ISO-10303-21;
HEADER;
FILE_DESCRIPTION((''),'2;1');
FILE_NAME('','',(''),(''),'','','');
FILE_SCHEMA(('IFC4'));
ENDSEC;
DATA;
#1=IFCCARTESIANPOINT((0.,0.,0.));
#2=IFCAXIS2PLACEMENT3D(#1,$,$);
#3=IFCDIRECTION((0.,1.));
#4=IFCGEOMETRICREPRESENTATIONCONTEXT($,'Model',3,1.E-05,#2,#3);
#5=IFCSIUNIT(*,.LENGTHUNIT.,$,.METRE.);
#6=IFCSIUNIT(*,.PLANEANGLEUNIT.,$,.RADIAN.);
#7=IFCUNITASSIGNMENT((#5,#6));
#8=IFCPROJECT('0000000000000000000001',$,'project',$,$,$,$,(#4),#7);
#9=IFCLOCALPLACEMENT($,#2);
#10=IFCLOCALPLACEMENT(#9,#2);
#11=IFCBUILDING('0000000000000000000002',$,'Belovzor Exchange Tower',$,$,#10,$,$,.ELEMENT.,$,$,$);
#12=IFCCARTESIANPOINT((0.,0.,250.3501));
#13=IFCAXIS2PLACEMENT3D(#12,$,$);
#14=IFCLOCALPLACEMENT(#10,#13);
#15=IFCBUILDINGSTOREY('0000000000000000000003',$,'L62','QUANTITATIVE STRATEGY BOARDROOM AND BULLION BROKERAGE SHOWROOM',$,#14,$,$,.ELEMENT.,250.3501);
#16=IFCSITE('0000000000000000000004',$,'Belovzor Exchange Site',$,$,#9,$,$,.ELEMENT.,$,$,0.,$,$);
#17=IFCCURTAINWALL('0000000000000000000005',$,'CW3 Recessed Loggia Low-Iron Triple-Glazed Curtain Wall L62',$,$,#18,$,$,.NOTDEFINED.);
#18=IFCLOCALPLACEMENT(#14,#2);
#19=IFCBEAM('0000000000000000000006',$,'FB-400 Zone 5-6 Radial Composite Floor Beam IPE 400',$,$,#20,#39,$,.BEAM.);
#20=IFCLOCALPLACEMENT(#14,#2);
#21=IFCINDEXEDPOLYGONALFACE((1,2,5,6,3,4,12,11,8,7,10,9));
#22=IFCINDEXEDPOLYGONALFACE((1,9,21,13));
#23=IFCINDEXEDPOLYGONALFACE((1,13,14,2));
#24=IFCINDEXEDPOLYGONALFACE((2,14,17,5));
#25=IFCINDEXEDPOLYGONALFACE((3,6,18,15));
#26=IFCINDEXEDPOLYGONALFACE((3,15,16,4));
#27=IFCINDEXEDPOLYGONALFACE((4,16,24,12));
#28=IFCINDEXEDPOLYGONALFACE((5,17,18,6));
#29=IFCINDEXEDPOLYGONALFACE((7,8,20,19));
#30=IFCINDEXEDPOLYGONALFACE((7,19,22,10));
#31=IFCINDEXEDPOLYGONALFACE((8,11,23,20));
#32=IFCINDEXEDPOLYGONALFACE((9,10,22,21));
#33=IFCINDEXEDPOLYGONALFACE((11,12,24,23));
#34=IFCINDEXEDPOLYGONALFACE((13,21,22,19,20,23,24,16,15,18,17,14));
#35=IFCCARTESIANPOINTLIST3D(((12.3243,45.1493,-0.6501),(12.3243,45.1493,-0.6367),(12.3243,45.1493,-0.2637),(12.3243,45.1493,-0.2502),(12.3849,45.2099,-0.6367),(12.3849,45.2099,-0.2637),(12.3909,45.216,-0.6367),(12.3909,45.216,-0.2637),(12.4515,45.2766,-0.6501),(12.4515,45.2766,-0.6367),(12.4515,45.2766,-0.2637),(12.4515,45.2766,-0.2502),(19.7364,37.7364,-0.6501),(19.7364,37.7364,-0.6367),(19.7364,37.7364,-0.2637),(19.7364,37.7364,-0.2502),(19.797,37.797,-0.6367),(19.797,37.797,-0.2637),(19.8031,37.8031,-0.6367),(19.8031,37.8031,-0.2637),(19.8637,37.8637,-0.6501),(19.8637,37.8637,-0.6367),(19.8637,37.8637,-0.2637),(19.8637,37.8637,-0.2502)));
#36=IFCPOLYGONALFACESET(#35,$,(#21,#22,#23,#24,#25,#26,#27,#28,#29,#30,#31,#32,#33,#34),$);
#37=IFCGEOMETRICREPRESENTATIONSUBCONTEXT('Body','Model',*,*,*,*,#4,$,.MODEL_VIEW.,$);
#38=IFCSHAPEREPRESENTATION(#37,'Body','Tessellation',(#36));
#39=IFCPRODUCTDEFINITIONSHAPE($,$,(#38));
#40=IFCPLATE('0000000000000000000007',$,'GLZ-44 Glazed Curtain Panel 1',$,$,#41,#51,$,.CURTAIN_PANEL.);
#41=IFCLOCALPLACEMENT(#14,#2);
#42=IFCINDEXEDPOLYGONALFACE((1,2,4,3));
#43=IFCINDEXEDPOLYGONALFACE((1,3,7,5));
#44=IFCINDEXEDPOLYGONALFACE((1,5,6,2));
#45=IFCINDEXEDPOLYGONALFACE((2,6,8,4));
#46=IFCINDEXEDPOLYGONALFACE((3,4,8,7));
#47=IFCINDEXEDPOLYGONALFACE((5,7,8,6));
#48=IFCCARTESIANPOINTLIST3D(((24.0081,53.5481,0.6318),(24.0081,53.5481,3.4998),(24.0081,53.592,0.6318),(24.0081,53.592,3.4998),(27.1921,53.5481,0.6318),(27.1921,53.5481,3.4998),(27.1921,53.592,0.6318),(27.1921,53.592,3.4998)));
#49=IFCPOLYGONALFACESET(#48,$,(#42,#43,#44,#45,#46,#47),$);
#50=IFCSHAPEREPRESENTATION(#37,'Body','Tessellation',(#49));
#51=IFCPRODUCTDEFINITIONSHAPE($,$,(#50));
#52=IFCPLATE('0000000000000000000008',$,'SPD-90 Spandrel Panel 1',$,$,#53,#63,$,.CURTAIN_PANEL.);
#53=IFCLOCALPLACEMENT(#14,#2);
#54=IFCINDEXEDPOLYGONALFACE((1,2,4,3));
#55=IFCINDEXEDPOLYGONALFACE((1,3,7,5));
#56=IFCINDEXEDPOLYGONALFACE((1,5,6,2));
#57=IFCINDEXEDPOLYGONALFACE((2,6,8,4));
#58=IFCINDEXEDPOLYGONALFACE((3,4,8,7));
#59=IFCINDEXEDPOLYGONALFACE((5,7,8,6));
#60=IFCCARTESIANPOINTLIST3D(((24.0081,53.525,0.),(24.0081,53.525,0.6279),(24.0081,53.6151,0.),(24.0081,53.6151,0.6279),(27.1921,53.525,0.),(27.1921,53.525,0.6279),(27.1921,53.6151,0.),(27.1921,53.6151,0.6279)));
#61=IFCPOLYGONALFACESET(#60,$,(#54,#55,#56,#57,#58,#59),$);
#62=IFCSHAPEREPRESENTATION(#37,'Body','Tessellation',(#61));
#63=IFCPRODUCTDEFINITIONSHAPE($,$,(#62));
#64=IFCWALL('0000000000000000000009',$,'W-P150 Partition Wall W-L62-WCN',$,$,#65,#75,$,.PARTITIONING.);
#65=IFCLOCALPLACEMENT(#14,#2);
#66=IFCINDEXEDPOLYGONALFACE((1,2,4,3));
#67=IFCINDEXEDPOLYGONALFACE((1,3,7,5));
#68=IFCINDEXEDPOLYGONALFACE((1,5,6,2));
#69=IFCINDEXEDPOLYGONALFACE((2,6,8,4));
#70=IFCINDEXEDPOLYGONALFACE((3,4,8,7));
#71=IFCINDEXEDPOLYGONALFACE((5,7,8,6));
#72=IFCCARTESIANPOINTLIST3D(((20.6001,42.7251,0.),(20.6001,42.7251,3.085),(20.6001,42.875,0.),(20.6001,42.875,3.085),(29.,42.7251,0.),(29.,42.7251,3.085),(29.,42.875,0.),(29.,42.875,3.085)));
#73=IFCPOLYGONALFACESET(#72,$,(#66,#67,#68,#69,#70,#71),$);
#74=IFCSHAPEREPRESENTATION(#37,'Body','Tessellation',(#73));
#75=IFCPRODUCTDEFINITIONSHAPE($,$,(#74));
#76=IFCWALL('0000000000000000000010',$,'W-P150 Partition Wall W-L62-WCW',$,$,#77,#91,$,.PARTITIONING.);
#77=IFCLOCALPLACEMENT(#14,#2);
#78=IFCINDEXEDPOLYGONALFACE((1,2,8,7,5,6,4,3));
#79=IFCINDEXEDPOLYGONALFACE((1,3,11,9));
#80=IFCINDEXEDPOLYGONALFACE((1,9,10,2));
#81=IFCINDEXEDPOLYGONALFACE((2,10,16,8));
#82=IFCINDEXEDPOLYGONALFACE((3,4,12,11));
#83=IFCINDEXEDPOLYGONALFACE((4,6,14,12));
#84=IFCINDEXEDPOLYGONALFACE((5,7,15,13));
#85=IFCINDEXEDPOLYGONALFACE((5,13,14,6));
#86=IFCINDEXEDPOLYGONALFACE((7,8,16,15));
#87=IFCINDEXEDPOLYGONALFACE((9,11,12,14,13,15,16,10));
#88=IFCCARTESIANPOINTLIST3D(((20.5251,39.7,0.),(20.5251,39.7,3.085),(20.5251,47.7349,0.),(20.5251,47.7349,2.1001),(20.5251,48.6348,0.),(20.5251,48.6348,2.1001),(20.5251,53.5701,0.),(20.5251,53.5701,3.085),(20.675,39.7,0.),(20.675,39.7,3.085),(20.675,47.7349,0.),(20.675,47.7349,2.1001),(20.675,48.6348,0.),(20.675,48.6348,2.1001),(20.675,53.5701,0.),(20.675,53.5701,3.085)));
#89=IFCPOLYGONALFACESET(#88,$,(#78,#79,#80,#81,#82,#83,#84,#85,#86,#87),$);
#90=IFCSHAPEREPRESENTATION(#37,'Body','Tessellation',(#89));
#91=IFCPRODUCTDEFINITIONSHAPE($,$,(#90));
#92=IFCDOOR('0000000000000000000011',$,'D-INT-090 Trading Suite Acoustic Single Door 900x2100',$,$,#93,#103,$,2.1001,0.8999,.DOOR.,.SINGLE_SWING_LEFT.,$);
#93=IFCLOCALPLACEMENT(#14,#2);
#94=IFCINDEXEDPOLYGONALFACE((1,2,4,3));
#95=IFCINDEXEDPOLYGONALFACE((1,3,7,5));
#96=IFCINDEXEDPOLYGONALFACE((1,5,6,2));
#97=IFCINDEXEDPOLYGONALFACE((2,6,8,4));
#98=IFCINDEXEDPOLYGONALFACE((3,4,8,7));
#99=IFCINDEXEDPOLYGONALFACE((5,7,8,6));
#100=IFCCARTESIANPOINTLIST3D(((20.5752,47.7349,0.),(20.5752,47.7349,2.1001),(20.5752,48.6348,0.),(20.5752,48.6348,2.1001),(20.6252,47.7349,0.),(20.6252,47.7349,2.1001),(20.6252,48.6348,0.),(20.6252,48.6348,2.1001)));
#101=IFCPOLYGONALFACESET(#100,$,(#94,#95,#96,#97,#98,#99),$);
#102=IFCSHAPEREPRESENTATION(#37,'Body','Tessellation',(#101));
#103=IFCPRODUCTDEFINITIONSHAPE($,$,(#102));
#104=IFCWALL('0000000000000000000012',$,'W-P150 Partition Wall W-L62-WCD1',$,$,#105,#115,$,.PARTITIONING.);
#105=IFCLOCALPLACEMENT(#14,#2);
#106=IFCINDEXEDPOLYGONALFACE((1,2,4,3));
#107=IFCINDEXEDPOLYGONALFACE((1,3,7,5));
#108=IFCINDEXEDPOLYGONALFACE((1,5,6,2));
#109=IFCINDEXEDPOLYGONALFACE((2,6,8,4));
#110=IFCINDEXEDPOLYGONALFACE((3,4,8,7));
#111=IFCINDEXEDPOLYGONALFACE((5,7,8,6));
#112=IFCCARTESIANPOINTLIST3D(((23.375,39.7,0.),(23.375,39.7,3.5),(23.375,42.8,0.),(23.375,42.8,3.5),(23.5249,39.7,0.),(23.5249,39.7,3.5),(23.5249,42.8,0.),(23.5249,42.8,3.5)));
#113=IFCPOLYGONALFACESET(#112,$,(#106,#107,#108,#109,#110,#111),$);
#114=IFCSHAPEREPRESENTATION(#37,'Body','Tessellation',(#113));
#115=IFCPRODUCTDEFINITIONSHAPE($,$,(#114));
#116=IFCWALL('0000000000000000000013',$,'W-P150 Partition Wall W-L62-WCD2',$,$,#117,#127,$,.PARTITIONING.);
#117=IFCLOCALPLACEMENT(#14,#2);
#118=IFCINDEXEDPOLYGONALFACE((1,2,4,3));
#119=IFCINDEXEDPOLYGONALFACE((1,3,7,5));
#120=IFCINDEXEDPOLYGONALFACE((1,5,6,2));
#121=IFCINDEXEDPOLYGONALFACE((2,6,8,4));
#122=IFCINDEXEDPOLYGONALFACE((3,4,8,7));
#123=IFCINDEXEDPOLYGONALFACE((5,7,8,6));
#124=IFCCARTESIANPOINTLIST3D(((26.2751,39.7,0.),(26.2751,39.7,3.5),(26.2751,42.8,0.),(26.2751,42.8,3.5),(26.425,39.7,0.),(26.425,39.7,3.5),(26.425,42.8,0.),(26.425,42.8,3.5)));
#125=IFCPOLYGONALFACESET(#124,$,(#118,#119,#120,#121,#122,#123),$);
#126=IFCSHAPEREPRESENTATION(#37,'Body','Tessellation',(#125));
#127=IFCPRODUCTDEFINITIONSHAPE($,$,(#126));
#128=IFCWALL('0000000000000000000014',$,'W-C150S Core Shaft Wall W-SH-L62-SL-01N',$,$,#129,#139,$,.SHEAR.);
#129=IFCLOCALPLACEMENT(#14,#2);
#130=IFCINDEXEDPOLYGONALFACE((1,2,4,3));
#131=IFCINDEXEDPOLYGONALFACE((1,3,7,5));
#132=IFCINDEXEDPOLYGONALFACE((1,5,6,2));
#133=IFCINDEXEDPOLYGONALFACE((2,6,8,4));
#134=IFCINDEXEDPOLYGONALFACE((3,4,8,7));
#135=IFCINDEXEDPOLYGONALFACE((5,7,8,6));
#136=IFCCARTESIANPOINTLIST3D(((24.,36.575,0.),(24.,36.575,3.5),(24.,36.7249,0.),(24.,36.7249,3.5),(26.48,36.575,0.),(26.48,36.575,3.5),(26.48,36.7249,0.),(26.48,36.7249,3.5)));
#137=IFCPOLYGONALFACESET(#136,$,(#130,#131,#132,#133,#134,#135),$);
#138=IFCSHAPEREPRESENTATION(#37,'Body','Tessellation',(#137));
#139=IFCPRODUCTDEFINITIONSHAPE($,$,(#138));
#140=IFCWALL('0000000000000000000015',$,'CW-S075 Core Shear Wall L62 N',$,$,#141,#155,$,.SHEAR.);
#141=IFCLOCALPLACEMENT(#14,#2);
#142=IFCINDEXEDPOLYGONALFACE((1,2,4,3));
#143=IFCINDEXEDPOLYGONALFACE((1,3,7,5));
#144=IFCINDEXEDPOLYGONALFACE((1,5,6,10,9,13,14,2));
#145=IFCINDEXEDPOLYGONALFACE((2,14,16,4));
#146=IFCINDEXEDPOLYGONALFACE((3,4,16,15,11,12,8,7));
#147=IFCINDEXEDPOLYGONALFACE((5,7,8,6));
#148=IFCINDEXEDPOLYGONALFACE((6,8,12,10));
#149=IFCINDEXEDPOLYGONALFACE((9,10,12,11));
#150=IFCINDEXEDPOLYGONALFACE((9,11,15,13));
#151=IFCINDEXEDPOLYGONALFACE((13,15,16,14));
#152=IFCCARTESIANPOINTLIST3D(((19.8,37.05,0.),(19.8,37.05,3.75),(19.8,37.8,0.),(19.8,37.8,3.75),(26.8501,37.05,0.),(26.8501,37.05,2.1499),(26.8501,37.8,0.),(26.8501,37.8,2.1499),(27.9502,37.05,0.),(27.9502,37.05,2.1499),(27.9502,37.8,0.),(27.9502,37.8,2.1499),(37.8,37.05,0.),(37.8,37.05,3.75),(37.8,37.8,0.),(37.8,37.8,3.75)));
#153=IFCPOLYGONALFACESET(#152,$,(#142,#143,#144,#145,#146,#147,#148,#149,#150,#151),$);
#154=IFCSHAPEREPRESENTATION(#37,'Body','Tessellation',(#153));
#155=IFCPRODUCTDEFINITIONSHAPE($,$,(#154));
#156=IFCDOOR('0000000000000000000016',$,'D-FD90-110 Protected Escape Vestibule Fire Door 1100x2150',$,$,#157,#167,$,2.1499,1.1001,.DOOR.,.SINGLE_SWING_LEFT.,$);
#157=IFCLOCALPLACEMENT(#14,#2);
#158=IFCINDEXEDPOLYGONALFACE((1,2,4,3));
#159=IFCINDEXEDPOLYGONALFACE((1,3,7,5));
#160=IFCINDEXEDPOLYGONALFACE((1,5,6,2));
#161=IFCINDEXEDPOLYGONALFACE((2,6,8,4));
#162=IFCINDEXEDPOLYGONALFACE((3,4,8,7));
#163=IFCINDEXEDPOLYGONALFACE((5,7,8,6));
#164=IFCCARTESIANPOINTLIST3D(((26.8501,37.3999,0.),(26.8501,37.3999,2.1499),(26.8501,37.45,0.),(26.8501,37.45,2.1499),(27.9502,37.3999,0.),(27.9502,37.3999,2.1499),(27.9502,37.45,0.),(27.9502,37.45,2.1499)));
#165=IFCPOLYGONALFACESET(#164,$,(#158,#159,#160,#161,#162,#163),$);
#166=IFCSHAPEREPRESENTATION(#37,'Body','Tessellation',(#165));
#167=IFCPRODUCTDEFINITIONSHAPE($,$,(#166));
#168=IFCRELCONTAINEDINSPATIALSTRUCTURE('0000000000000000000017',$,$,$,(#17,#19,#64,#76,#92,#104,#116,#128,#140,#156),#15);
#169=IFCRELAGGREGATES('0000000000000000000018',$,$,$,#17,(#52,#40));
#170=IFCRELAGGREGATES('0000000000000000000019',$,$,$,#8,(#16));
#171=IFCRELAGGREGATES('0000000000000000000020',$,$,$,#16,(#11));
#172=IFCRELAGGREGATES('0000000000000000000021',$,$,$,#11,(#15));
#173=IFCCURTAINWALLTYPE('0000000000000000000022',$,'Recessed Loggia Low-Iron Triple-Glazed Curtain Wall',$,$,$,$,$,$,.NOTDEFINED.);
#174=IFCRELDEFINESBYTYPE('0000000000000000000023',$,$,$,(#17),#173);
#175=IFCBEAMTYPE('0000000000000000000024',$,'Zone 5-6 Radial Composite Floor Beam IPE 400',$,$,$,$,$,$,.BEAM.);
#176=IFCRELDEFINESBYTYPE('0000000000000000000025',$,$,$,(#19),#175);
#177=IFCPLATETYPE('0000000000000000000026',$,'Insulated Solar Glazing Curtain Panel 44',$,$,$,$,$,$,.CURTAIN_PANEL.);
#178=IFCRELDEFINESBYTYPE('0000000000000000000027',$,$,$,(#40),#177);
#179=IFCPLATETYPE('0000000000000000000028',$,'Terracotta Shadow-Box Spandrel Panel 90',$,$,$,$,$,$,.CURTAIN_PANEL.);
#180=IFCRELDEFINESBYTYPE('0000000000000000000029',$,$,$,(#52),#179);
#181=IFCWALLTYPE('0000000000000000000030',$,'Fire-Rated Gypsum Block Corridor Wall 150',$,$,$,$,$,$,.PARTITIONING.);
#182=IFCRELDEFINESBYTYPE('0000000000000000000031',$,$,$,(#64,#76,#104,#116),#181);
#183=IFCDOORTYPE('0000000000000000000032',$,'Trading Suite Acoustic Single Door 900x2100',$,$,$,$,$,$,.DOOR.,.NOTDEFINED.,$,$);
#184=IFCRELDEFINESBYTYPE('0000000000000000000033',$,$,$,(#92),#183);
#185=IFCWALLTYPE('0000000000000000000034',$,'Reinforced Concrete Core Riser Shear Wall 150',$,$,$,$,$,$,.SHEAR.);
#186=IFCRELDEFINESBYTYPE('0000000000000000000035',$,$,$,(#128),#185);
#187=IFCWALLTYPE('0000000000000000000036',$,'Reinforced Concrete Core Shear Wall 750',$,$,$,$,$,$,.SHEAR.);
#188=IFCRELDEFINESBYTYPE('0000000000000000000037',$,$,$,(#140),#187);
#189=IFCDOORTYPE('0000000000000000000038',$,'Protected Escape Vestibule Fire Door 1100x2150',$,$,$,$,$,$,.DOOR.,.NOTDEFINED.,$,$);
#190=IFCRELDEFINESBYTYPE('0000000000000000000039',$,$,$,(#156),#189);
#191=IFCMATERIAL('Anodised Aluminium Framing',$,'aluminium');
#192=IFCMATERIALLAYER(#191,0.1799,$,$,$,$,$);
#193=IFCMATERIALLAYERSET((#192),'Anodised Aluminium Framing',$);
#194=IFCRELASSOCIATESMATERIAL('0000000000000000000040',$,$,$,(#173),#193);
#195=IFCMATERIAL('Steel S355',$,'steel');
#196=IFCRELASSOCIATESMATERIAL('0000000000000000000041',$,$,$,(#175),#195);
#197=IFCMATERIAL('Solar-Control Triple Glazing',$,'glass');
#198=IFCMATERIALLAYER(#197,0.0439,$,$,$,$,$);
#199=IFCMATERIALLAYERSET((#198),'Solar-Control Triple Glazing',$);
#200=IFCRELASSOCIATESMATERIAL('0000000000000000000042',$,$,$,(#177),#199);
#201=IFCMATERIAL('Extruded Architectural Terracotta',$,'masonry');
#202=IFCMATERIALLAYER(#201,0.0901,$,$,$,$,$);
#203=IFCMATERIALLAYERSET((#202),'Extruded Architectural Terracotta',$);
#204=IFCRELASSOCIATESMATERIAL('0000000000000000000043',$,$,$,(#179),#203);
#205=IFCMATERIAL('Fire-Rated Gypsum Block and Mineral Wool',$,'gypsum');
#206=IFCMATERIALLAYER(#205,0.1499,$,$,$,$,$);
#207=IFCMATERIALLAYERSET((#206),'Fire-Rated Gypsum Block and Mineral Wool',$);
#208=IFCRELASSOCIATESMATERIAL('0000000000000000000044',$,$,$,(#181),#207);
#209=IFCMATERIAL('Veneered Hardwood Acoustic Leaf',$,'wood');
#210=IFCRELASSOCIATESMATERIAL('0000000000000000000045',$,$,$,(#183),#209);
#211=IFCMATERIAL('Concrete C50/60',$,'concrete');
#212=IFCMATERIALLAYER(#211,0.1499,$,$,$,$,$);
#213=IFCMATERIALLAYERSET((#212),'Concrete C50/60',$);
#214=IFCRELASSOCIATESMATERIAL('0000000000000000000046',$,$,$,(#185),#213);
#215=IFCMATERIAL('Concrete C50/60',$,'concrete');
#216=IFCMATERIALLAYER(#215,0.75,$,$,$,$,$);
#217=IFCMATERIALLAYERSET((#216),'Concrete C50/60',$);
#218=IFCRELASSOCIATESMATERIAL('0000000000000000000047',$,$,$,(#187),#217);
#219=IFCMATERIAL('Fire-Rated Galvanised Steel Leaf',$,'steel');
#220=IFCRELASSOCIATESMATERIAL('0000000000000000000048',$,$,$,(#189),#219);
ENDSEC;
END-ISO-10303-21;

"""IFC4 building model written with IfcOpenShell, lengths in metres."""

from ifc_helpers import new_model, si_unit, direction, frame, frame_2d, origin, origin_2d, place, context, subcontext, project, spatial, rectangle, i_section, extrude, material, layer, layer_set, material_profile, profile_set, type_object, element, fill, aggregate, save


model = new_model("IFC4")

# Units and contexts
model_context = context("Model", 3, precision=1e-05, world=origin(), true_north=direction((0.0, 1.0)))
body_context = subcontext(model_context, "Body", "Model", "MODEL_VIEW")
ifc_project = project(units=[si_unit("LENGTHUNIT", "METRE"), si_unit("PLANEANGLEUNIT", "RADIAN")], contexts=[model_context])

# Site, building, storey
site_placement = place(None, origin())
site = spatial("IfcSite", under=ifc_project, at=site_placement, Name="Belovzor Exchange Site", CompositionType="ELEMENT", RefElevation=0.0)
building_placement = place(site_placement, origin())
building = spatial("IfcBuilding", under=site, at=building_placement, Name="Belovzor Exchange Tower", CompositionType="ELEMENT")
storey_placement = place(building_placement, frame((0.0, 0.0, 250.3501)))
storey = spatial("IfcBuildingStorey", under=building, at=storey_placement, Name="L62", Description="QUANTITATIVE STRATEGY BOARDROOM AND BULLION BROKERAGE SHOWROOM", CompositionType="ELEMENT", Elevation=250.3501)

# Curtain wall
ifc_material_1 = material(Name="Anodised Aluminium Framing", Category="aluminium")
ifc_layer_1 = layer(ifc_material_1, 0.1799)
ifc_layer_set_1 = layer_set([ifc_layer_1], Name="Anodised Aluminium Framing")
curtain_wall_type = type_object("IfcCurtainWallType", Name="Recessed Loggia Low-Iron Triple-Glazed Curtain Wall", PredefinedType="NOTDEFINED", material=ifc_layer_set_1)
curtain_wall_placement = place(storey_placement, origin())
curtain_wall = element("IfcCurtainWall", 1, at=curtain_wall_placement, inside=storey, type_object=curtain_wall_type, Name="CW3 Recessed Loggia Low-Iron Triple-Glazed Curtain Wall L62", PredefinedType="NOTDEFINED")

# Beam
ifc_material_2 = material(Name="Steel S355", Category="steel")
ifc_material_profile_1 = material_profile(ifc_material_2, i_section(OverallWidth=0.1799, OverallDepth=0.3999, WebThickness=0.0085, FlangeThickness=0.0134, at=origin_2d()))
ifc_profile_set_1 = profile_set([ifc_material_profile_1], Name="Steel S355")
beam_type_1 = type_object("IfcBeamType", Name="Zone 5-6 Radial Composite Floor Beam IPE 400", PredefinedType="BEAM", material=ifc_profile_set_1)
beam_1_placement = place(storey_placement, frame((19.8, 37.8, -0.4502), z_axis=(-0.707072, 0.707142, 0.0), x_axis=(-0.707142, -0.707072, 0.0)))
element("IfcBeam", 2, at=beam_1_placement, inside=storey, type_object=beam_type_1, Name="FB-400 Zone 5-6 Radial Composite Floor Beam IPE 400", PredefinedType="BEAM", context=body_context, shape_type="SweptSolid", body=[
    extrude(i_section(OverallWidth=0.1799, OverallDepth=0.3999, WebThickness=0.0085, FlangeThickness=0.0134, at=origin_2d()), origin(), (0.0, 0.0, 1.0), 10.4829),
])

# Plates
ifc_material_3 = material(Name="Solar-Control Triple Glazing", Category="glass")
ifc_layer_2 = layer(ifc_material_3, 0.0439)
ifc_layer_set_2 = layer_set([ifc_layer_2], Name="Solar-Control Triple Glazing")
plate_type_1 = type_object("IfcPlateType", Name="Insulated Solar Glazing Curtain Panel 44", PredefinedType="CURTAIN_PANEL", material=ifc_layer_set_2)
plate_1_placement = place(storey_placement, frame((25.6001, 53.5701, 0.6318), z_axis=(0.0, 0.0, 1.0), x_axis=(1.0, 0.0, 0.0)))
plate_1 = element("IfcPlate", 3, at=plate_1_placement, type_object=plate_type_1, Name="GLZ-44 Glazed Curtain Panel 1", PredefinedType="CURTAIN_PANEL", context=body_context, shape_type="SweptSolid", body=[
    extrude(rectangle(XDim=3.1841, YDim=0.0439, at=origin_2d()), origin(), (0.0, 0.0, 1.0), 2.8679),
])
ifc_material_4 = material(Name="Extruded Architectural Terracotta", Category="masonry")
ifc_layer_3 = layer(ifc_material_4, 0.0901)
ifc_layer_set_3 = layer_set([ifc_layer_3], Name="Extruded Architectural Terracotta")
plate_type_2 = type_object("IfcPlateType", Name="Terracotta Shadow-Box Spandrel Panel 90", PredefinedType="CURTAIN_PANEL", material=ifc_layer_set_3)
plate_2_placement = place(storey_placement, frame((25.6001, 53.5701, 0.0), z_axis=(0.0, 0.0, 1.0), x_axis=(1.0, 0.0, 0.0)))
plate_2 = element("IfcPlate", 4, at=plate_2_placement, type_object=plate_type_2, Name="SPD-90 Spandrel Panel 1", PredefinedType="CURTAIN_PANEL", context=body_context, shape_type="SweptSolid", body=[
    extrude(rectangle(XDim=3.1841, YDim=0.0901, at=origin_2d()), origin(), (0.0, 0.0, 1.0), 0.6279),
])
aggregate(curtain_wall, [plate_2, plate_1])

# Wall
ifc_material_5 = material(Name="Fire-Rated Gypsum Block and Mineral Wool", Category="gypsum")
ifc_layer_4 = layer(ifc_material_5, 0.1499)
ifc_layer_set_4 = layer_set([ifc_layer_4], Name="Fire-Rated Gypsum Block and Mineral Wool")
wall_type_1 = type_object("IfcWallType", Name="Fire-Rated Gypsum Block Corridor Wall 150", PredefinedType="PARTITIONING", material=ifc_layer_set_4)
wall_1_placement = place(storey_placement, frame((20.6001, 42.8, 0.0), z_axis=(0.0, 0.0, 1.0), x_axis=(1.0, 0.0, 0.0)))
element("IfcWall", 5, at=wall_1_placement, inside=storey, type_object=wall_type_1, Name="W-P150 Partition Wall W-L62-WCN", PredefinedType="PARTITIONING", context=body_context, shape_type="SweptSolid", body=[
    extrude(rectangle(XDim=8.3999, YDim=0.1499, at=frame_2d((4.2, 0.0))), origin(), (0.0, 0.0, 1.0), 3.085),
])

# Wall, opening, door
wall_2_placement = place(storey_placement, frame((20.6001, 39.7, 0.0), z_axis=(0.0, 0.0, 1.0), x_axis=(0.0, 1.0, 0.0)))
wall_2 = element("IfcWall", 6, at=wall_2_placement, inside=storey, type_object=wall_type_1, Name="W-P150 Partition Wall W-L62-WCW", PredefinedType="PARTITIONING", context=body_context, shape_type="SweptSolid", body=[
    extrude(rectangle(XDim=13.8701, YDim=0.1499, at=frame_2d((6.9351, 0.0))), origin(), (0.0, 0.0, 1.0), 3.085),
])
opening_1_placement = place(wall_2_placement, frame((8.0349, 0.0, 0.0)))
opening_1 = element("IfcOpeningElement", 7, at=opening_1_placement, cuts=wall_2, PredefinedType="OPENING", context=body_context, shape_type="SweptSolid", body=[
    extrude(rectangle(XDim=0.8999, YDim=2.1001, at=frame_2d((0.45, 1.05))), frame((0.0, 0.085, 0.0), z_axis=(0.0, -1.0, 0.0), x_axis=(1.0, 0.0, 0.0)), (0.0, 0.0, 1.0), 0.1699),
])
ifc_material_6 = material(Name="Veneered Hardwood Acoustic Leaf", Category="wood")
door_type_1 = type_object("IfcDoorType", Name="Trading Suite Acoustic Single Door 900x2100", OperationType="NOTDEFINED", PredefinedType="DOOR", material=ifc_material_6)
door_1_placement = place(opening_1_placement, origin())
door_1 = element("IfcDoor", 8, at=door_1_placement, inside=storey, type_object=door_type_1, Name="D-INT-090 Trading Suite Acoustic Single Door 900x2100", OperationType="SINGLE_SWING_LEFT", OverallHeight=2.1001, OverallWidth=0.8999, PredefinedType="DOOR", context=body_context, shape_type="SweptSolid", body=[
    extrude(rectangle(XDim=0.8999, YDim=2.1001, at=frame_2d((0.45, 1.05))), frame((0.0, 0.0249, 0.0), z_axis=(0.0, -1.0, 0.0), x_axis=(1.0, 0.0, 0.0)), (0.0, 0.0, 1.0), 0.05),
])
fill(opening_1, door_1)

# Walls
for number, where, z_axis, x_axis, name in (
    (9, (23.45, 39.7, 0.0), (0.0, 0.0, 1.0), (0.0, 1.0, 0.0), "W-P150 Partition Wall W-L62-WCD1"),
    (10, (26.3501, 39.7, 0.0), (0.0, 0.0, 1.0), (0.0, 1.0, 0.0), "W-P150 Partition Wall W-L62-WCD2"),
):
    element("IfcWall", number, at=place(storey_placement, frame(where, z_axis=z_axis, x_axis=x_axis)), inside=storey, type_object=wall_type_1, Name=name, PredefinedType="PARTITIONING", context=body_context, shape_type="SweptSolid", body=[
        extrude(rectangle(XDim=3.1001, YDim=0.1499, at=frame_2d((1.55, 0.0))), origin(), (0.0, 0.0, 1.0), 3.5),
    ])
ifc_material_7 = material(Name="Concrete C50/60", Category="concrete")
ifc_layer_5 = layer(ifc_material_7, 0.1499)
ifc_layer_set_5 = layer_set([ifc_layer_5], Name="Concrete C50/60")
wall_type_2 = type_object("IfcWallType", Name="Reinforced Concrete Core Riser Shear Wall 150", PredefinedType="SHEAR", material=ifc_layer_set_5)
wall_3_placement = place(storey_placement, frame((24.0, 36.6499, 0.0), z_axis=(0.0, 0.0, 1.0), x_axis=(1.0, 0.0, 0.0)))
element("IfcWall", 11, at=wall_3_placement, inside=storey, type_object=wall_type_2, Name="W-C150S Core Shaft Wall W-SH-L62-SL-01N", PredefinedType="SHEAR", context=body_context, shape_type="SweptSolid", body=[
    extrude(rectangle(XDim=2.48, YDim=0.1499, at=frame_2d((1.24, 0.0))), origin(), (0.0, 0.0, 1.0), 3.5),
])

# Wall, opening, door
ifc_material_8 = material(Name="Concrete C50/60", Category="concrete")
ifc_layer_6 = layer(ifc_material_8, 0.75)
ifc_layer_set_6 = layer_set([ifc_layer_6], Name="Concrete C50/60")
wall_type_3 = type_object("IfcWallType", Name="Reinforced Concrete Core Shear Wall 750", PredefinedType="SHEAR", material=ifc_layer_set_6)
wall_4_placement = place(storey_placement, frame((19.8, 37.425, 0.0), z_axis=(0.0, 0.0, 1.0), x_axis=(1.0, 0.0, 0.0)))
wall_4 = element("IfcWall", 12, at=wall_4_placement, inside=storey, type_object=wall_type_3, Name="CW-S075 Core Shear Wall L62 N", PredefinedType="SHEAR", context=body_context, shape_type="SweptSolid", body=[
    extrude(rectangle(XDim=18.0, YDim=0.75, at=frame_2d((9.0, 0.0))), origin(), (0.0, 0.0, 1.0), 3.75),
])
opening_2_placement = place(wall_4_placement, frame((7.05, 0.0, 0.0)))
opening_2 = element("IfcOpeningElement", 13, at=opening_2_placement, cuts=wall_4, PredefinedType="OPENING", context=body_context, shape_type="SweptSolid", body=[
    extrude(rectangle(XDim=1.1001, YDim=2.1499, at=frame_2d((0.55, 1.075))), frame((0.0, 0.385, 0.0), z_axis=(0.0, -1.0, 0.0), x_axis=(1.0, 0.0, 0.0)), (0.0, 0.0, 1.0), 0.77),
])
ifc_material_9 = material(Name="Fire-Rated Galvanised Steel Leaf", Category="steel")
door_type_2 = type_object("IfcDoorType", Name="Protected Escape Vestibule Fire Door 1100x2150", OperationType="NOTDEFINED", PredefinedType="DOOR", material=ifc_material_9)
door_2_placement = place(opening_2_placement, origin())
door_2 = element("IfcDoor", 14, at=door_2_placement, inside=storey, type_object=door_type_2, Name="D-FD90-110 Protected Escape Vestibule Fire Door 1100x2150", OperationType="SINGLE_SWING_LEFT", OverallHeight=2.1499, OverallWidth=1.1001, PredefinedType="DOOR", context=body_context, shape_type="SweptSolid", body=[
    extrude(rectangle(XDim=1.1001, YDim=2.1499, at=frame_2d((0.55, 1.075))), frame((0.0, 0.0249, 0.0), z_axis=(0.0, -1.0, 0.0), x_axis=(1.0, 0.0, 0.0)), (0.0, 0.0, 1.0), 0.05),
])
fill(opening_2, door_2)

save(model, "model.ifc")
